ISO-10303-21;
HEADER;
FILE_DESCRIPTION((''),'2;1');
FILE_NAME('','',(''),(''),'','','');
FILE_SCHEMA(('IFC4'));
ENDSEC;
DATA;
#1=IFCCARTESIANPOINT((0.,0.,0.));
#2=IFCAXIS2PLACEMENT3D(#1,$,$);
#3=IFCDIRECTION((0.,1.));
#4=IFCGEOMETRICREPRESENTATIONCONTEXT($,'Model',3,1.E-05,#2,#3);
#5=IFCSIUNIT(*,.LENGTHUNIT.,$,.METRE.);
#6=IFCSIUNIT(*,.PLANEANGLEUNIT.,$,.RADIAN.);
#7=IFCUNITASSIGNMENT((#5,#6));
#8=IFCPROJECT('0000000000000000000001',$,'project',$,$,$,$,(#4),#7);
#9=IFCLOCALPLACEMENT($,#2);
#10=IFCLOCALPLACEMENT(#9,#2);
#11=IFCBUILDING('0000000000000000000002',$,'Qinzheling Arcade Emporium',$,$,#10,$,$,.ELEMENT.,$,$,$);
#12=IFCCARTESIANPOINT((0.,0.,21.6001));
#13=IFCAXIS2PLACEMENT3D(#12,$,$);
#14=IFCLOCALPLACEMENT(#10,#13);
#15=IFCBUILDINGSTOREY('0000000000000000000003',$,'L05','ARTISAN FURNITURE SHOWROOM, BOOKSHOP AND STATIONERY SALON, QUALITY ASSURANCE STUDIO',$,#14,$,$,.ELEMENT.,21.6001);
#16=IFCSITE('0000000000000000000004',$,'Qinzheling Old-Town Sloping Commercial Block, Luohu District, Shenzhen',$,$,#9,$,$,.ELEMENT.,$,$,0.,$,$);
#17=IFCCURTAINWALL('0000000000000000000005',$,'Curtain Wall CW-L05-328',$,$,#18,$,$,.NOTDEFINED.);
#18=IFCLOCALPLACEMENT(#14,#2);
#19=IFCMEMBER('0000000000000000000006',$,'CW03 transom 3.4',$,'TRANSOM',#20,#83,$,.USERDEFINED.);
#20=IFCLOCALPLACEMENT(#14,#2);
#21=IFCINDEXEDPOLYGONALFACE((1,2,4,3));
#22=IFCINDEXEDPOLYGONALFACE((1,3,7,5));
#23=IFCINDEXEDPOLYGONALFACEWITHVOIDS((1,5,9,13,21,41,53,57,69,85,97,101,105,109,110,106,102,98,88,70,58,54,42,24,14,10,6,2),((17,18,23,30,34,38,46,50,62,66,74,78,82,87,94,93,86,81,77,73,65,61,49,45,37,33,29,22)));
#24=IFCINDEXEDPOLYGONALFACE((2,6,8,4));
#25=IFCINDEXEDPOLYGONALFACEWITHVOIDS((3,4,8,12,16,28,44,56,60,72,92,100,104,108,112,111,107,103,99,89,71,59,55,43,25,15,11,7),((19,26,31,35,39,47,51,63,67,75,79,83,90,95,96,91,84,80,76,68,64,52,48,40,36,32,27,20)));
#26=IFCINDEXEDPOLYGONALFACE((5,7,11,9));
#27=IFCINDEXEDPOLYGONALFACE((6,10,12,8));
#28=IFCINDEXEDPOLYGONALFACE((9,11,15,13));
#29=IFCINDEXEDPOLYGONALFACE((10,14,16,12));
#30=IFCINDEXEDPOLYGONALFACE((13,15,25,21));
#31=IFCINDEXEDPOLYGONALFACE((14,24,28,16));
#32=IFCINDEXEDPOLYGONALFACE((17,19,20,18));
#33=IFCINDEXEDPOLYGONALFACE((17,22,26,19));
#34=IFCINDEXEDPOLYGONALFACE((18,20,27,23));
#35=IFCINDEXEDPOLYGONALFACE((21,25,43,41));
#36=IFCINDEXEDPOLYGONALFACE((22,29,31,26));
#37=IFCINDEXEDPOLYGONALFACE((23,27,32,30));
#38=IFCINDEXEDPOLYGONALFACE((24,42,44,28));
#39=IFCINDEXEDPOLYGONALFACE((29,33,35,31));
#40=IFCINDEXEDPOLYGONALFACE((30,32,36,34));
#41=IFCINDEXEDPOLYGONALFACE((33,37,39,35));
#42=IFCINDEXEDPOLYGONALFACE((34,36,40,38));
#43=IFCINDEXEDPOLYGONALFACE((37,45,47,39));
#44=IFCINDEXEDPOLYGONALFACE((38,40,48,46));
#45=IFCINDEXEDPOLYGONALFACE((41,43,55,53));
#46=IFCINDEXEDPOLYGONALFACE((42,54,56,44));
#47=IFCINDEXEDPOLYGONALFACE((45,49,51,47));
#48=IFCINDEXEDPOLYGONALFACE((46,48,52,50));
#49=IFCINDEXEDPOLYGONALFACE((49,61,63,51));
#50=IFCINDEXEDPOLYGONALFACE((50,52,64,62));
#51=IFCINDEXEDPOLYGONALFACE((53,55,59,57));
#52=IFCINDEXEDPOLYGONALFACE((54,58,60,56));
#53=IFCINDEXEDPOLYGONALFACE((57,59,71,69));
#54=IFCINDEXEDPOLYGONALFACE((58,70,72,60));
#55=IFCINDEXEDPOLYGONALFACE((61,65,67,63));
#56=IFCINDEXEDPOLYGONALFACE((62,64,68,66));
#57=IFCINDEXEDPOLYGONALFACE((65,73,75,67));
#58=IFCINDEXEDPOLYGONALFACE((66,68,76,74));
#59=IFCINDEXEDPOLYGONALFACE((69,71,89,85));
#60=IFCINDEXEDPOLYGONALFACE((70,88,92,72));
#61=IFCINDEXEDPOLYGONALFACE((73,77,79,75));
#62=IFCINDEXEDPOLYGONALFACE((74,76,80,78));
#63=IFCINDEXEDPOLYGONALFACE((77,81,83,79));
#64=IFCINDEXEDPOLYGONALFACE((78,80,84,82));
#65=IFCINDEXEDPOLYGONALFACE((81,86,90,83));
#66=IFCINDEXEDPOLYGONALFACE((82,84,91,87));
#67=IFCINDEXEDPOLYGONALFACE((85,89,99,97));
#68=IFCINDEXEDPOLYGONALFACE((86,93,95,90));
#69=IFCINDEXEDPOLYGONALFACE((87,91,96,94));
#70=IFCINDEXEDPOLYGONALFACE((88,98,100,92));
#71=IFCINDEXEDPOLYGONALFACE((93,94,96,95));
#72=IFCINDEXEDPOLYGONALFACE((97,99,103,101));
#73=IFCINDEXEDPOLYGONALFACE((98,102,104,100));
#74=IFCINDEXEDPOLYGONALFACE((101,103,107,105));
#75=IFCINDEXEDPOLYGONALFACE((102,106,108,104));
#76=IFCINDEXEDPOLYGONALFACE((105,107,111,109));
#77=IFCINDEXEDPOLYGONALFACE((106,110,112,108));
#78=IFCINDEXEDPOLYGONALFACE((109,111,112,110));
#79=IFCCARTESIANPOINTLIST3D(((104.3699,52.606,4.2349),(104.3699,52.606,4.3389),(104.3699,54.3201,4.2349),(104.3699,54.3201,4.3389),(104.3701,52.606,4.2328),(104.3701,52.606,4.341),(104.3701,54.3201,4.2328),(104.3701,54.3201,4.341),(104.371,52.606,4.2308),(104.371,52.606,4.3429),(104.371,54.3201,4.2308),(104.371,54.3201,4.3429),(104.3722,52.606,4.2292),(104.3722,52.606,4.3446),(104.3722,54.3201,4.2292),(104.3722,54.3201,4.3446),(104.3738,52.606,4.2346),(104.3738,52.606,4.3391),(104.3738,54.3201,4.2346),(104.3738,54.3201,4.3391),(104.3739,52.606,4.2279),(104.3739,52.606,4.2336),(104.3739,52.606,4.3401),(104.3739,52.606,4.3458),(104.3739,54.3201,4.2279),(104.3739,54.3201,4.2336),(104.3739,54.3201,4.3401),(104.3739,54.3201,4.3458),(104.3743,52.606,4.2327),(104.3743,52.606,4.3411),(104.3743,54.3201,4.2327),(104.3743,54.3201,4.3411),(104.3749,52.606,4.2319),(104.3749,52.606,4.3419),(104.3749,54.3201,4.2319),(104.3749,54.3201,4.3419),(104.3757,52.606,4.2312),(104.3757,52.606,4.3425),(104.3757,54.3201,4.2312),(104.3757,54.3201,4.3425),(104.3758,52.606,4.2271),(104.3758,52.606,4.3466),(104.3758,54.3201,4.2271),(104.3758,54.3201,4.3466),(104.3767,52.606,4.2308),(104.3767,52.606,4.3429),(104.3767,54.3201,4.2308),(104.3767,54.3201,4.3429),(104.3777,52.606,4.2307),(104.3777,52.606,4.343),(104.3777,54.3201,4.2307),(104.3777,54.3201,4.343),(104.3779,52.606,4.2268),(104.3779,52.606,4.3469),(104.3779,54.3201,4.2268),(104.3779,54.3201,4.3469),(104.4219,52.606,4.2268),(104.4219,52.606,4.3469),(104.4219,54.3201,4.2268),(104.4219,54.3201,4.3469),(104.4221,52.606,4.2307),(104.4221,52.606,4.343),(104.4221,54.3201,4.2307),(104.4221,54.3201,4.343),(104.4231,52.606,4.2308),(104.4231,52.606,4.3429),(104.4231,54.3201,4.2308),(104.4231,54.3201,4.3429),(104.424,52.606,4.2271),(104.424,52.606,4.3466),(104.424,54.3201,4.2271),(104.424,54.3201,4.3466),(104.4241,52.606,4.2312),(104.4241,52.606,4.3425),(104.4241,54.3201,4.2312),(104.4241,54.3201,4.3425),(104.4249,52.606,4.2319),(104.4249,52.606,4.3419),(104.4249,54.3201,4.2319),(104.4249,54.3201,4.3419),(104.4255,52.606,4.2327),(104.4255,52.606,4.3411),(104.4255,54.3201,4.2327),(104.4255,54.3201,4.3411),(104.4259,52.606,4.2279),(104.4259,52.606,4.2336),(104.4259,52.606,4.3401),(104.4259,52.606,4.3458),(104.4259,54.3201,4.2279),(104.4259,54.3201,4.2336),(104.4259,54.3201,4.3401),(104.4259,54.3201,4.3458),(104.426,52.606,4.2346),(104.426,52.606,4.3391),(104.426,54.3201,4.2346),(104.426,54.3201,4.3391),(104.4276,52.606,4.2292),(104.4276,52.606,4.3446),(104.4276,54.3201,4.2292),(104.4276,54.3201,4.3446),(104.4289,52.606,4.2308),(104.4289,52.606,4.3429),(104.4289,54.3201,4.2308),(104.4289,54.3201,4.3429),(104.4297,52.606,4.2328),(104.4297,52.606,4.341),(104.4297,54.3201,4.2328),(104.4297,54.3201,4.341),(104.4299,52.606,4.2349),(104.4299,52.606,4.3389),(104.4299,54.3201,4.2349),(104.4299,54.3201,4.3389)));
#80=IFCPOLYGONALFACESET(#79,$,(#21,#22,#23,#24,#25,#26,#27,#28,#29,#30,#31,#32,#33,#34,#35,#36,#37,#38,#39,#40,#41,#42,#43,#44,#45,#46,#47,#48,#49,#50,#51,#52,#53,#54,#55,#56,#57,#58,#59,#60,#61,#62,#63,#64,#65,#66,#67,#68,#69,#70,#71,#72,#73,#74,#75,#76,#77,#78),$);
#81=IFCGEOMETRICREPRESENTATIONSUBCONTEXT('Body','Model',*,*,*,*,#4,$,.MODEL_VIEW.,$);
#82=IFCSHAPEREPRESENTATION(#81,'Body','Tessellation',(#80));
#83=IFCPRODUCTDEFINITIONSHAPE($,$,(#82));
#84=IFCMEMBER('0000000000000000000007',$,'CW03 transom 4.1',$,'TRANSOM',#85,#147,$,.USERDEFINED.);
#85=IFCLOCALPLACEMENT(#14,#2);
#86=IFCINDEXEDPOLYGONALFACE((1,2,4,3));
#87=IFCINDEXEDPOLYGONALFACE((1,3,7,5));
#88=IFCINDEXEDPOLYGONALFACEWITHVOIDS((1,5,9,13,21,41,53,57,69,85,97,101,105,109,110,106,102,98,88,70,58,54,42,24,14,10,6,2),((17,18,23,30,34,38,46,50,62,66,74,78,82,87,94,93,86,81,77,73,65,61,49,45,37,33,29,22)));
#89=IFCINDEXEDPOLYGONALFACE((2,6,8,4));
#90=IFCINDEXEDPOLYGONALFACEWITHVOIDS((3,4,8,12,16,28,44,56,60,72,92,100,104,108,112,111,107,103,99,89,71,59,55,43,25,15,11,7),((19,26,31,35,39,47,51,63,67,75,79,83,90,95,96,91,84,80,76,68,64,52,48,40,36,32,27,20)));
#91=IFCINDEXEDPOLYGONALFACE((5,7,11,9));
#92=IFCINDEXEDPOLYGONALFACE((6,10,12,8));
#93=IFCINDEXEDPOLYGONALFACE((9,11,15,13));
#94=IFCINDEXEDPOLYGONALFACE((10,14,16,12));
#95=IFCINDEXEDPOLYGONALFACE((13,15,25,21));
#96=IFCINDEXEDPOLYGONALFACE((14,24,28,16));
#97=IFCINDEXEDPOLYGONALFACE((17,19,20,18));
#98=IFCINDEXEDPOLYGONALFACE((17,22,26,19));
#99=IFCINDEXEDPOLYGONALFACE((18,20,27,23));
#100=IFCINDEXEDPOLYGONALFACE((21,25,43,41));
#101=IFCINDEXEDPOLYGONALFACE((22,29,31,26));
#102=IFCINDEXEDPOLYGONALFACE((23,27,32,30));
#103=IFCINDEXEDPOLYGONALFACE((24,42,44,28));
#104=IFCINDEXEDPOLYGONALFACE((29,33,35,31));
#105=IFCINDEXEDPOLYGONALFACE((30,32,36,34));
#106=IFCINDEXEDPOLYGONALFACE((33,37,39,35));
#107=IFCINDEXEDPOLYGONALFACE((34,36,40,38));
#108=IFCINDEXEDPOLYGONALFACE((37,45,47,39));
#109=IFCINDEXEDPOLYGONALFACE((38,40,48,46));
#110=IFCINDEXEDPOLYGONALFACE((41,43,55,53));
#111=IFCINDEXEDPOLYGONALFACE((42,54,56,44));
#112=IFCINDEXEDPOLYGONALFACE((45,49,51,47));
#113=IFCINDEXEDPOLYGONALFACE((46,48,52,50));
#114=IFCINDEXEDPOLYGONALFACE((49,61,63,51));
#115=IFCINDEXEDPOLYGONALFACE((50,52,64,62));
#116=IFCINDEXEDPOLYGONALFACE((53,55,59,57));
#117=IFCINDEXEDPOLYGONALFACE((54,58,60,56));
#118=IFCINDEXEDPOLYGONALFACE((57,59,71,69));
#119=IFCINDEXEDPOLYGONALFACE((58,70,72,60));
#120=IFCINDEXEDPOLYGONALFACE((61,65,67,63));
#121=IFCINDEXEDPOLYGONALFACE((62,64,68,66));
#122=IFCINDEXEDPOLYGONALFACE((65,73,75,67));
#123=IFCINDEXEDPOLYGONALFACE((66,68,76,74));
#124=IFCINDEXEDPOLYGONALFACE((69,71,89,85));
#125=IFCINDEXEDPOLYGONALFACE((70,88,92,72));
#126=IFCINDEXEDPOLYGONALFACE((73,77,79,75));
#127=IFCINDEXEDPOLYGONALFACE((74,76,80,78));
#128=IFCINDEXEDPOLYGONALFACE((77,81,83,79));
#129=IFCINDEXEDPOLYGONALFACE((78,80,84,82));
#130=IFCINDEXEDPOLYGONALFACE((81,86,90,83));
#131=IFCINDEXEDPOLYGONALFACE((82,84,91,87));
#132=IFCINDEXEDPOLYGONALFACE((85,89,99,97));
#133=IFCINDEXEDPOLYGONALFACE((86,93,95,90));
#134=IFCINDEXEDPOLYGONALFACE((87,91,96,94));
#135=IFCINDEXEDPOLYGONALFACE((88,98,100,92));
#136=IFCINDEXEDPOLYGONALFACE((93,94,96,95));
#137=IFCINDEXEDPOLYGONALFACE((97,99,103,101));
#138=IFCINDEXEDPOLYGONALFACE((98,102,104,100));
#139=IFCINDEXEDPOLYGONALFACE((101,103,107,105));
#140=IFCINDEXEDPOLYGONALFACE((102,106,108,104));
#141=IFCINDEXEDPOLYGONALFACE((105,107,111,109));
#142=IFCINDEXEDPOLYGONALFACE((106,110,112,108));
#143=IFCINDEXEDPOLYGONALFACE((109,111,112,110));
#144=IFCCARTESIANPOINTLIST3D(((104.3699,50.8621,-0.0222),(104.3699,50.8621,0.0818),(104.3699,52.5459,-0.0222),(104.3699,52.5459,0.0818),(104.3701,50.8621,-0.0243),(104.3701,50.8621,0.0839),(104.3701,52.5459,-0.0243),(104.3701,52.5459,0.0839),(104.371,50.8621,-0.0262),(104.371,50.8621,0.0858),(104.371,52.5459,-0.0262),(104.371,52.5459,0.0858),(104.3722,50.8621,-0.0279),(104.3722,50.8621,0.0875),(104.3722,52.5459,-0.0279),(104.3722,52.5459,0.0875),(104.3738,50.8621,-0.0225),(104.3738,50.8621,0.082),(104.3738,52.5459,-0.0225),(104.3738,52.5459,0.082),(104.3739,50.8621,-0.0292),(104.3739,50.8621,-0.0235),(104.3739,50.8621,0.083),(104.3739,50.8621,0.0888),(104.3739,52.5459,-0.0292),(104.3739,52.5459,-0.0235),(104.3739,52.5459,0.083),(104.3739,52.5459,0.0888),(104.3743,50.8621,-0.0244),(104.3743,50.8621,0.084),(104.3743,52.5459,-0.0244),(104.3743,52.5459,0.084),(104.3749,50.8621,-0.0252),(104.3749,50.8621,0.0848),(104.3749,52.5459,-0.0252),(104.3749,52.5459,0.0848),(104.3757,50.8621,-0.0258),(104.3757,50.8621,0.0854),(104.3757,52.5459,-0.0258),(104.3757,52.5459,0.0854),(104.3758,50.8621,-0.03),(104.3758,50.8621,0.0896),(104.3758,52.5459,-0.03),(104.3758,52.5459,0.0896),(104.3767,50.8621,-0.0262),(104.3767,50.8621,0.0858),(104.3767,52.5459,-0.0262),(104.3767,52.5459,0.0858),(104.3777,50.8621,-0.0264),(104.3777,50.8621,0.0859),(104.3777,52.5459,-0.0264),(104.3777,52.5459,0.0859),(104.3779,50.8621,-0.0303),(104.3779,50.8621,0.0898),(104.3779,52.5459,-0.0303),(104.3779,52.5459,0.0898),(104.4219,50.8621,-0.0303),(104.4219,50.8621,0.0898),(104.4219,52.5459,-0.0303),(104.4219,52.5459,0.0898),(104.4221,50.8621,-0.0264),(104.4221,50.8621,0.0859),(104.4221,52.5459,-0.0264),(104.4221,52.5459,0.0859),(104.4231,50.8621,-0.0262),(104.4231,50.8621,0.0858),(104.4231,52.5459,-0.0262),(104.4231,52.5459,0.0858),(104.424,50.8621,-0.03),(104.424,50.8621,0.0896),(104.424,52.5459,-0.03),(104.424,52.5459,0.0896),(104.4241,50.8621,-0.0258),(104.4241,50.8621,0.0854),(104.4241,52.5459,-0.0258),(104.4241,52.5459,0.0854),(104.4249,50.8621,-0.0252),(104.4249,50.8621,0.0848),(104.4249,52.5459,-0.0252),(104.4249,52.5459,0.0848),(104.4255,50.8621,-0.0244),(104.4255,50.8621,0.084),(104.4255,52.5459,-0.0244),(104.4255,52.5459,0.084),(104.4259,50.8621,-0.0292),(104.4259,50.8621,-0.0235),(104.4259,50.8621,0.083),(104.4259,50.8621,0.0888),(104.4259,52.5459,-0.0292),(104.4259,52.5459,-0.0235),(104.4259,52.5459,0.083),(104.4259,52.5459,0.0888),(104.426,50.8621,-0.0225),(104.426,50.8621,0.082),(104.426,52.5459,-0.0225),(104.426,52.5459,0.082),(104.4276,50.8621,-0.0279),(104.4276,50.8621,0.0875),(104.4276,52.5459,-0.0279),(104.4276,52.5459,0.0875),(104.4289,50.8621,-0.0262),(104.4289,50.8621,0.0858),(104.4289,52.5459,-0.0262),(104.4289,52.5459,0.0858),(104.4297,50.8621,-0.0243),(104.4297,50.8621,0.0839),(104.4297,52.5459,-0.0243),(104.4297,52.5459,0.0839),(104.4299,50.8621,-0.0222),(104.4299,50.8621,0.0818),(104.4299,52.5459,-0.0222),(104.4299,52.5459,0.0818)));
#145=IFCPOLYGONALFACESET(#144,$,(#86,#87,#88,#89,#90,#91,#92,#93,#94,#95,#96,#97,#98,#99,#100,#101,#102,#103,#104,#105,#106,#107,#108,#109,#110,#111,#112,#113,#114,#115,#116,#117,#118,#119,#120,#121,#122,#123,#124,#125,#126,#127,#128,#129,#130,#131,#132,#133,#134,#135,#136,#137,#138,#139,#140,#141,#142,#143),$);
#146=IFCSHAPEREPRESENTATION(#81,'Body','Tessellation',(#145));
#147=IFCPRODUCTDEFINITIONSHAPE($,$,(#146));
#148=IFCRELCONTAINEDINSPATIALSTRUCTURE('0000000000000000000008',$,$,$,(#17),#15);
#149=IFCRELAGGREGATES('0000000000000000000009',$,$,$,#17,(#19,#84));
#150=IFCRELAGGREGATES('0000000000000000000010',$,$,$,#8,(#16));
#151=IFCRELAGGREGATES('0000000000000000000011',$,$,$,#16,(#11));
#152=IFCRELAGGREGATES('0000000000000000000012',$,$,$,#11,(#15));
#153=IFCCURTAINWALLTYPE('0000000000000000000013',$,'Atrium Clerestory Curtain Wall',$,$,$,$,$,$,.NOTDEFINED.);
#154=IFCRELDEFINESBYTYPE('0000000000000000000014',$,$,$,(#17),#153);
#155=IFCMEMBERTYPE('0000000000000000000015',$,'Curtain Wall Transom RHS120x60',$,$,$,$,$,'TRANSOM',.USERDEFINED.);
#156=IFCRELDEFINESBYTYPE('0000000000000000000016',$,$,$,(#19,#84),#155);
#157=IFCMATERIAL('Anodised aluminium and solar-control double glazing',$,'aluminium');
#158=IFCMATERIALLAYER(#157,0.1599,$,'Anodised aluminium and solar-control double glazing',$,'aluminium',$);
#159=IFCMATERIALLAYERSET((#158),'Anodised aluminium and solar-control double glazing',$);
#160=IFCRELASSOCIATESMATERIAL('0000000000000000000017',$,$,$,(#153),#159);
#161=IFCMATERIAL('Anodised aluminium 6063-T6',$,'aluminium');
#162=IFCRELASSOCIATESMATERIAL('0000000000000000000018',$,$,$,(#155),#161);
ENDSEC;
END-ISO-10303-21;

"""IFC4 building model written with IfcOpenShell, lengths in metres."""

from ifc_helpers import new_model, si_unit, direction, frame, origin, origin_2d, place, context, subcontext, project, spatial, hollow_rectangle, extrude, material, layer, layer_set, material_profile, profile_set, type_object, element, aggregate, save


model = new_model("IFC4")

# Units and contexts
model_context = context("Model", 3, precision=1e-05, world=origin(), true_north=direction((0.0, 1.0)))
body_context = subcontext(model_context, "Body", "Model", "MODEL_VIEW")
ifc_project = project(units=[si_unit("LENGTHUNIT", "METRE"), si_unit("PLANEANGLEUNIT", "RADIAN")], contexts=[model_context])

# Site, building, storey
site_placement = place(None, origin())
site = spatial("IfcSite", under=ifc_project, at=site_placement, Name="Qinzheling Old-Town Sloping Commercial Block, Luohu District, Shenzhen", CompositionType="ELEMENT", RefElevation=0.0)
building_placement = place(site_placement, origin())
building = spatial("IfcBuilding", under=site, at=building_placement, Name="Qinzheling Arcade Emporium", CompositionType="ELEMENT")
storey_placement = place(building_placement, frame((0.0, 0.0, 21.6001)))
storey = spatial("IfcBuildingStorey", under=building, at=storey_placement, Name="L05", Description="ARTISAN FURNITURE SHOWROOM, BOOKSHOP AND STATIONERY SALON, QUALITY ASSURANCE STUDIO", CompositionType="ELEMENT", Elevation=21.6001)

# Curtain wall, members
ifc_material_1 = material(Name="Anodised aluminium and solar-control double glazing", Category="aluminium")
ifc_layer_1 = layer(ifc_material_1, 0.1599, Name="Anodised aluminium and solar-control double glazing", Category="aluminium")
ifc_layer_set_1 = layer_set([ifc_layer_1], Name="Anodised aluminium and solar-control double glazing")
curtain_wall_type = type_object("IfcCurtainWallType", Name="Atrium Clerestory Curtain Wall", PredefinedType="NOTDEFINED", material=ifc_layer_set_1)
curtain_wall_placement = place(storey_placement, origin())
curtain_wall = element("IfcCurtainWall", 1, at=curtain_wall_placement, inside=storey, type_object=curtain_wall_type, Name="Curtain Wall CW-L05-328", PredefinedType="NOTDEFINED")
ifc_material_2 = material(Name="Anodised aluminium 6063-T6", Category="aluminium")
ifc_material_profile_1 = material_profile(ifc_material_2, hollow_rectangle(XDim=0.0601, YDim=0.1201, WallThickness=0.0039, InnerFilletRadius=0.0039, OuterFilletRadius=0.0081, at=origin_2d()), Name="RHS 120x60x4", Category="aluminium")
ifc_profile_set_1 = profile_set([ifc_material_profile_1], Name="Anodised aluminium 6063-T6")
member_type_1 = type_object("IfcMemberType", Name="Curtain Wall Transom RHS120x60", ElementType="TRANSOM", PredefinedType="USERDEFINED", material=ifc_profile_set_1)
member_1_placement = place(storey_placement, frame((104.3999, 54.3201, 4.2869), z_axis=(0.0, -1.0, 0.0), x_axis=(1.0, 0.0, 0.0)))
member_1 = element("IfcMember", 2, at=member_1_placement, type_object=member_type_1, Name="CW03 transom 3.4", ObjectType="TRANSOM", PredefinedType="USERDEFINED", context=body_context, shape_type="SweptSolid", body=[
    extrude(hollow_rectangle(XDim=0.0601, YDim=0.1201, WallThickness=0.0039, InnerFilletRadius=0.0039, OuterFilletRadius=0.0081, at=origin_2d()), origin(), (0.0, 0.0, 1.0), 1.7141),
])
member_2_placement = place(storey_placement, frame((104.3999, 52.5459, 0.0298), z_axis=(0.0, -1.0, 0.0), x_axis=(1.0, 0.0, 0.0)))
member_2 = element("IfcMember", 3, at=member_2_placement, type_object=member_type_1, Name="CW03 transom 4.1", ObjectType="TRANSOM", PredefinedType="USERDEFINED", context=body_context, shape_type="SweptSolid", body=[
    extrude(hollow_rectangle(XDim=0.0601, YDim=0.1201, WallThickness=0.0039, InnerFilletRadius=0.0039, OuterFilletRadius=0.0081, at=origin_2d()), origin(), (0.0, 0.0, 1.0), 1.6838),
])
aggregate(curtain_wall, [member_1, member_2])

save(model, "model.ifc")
